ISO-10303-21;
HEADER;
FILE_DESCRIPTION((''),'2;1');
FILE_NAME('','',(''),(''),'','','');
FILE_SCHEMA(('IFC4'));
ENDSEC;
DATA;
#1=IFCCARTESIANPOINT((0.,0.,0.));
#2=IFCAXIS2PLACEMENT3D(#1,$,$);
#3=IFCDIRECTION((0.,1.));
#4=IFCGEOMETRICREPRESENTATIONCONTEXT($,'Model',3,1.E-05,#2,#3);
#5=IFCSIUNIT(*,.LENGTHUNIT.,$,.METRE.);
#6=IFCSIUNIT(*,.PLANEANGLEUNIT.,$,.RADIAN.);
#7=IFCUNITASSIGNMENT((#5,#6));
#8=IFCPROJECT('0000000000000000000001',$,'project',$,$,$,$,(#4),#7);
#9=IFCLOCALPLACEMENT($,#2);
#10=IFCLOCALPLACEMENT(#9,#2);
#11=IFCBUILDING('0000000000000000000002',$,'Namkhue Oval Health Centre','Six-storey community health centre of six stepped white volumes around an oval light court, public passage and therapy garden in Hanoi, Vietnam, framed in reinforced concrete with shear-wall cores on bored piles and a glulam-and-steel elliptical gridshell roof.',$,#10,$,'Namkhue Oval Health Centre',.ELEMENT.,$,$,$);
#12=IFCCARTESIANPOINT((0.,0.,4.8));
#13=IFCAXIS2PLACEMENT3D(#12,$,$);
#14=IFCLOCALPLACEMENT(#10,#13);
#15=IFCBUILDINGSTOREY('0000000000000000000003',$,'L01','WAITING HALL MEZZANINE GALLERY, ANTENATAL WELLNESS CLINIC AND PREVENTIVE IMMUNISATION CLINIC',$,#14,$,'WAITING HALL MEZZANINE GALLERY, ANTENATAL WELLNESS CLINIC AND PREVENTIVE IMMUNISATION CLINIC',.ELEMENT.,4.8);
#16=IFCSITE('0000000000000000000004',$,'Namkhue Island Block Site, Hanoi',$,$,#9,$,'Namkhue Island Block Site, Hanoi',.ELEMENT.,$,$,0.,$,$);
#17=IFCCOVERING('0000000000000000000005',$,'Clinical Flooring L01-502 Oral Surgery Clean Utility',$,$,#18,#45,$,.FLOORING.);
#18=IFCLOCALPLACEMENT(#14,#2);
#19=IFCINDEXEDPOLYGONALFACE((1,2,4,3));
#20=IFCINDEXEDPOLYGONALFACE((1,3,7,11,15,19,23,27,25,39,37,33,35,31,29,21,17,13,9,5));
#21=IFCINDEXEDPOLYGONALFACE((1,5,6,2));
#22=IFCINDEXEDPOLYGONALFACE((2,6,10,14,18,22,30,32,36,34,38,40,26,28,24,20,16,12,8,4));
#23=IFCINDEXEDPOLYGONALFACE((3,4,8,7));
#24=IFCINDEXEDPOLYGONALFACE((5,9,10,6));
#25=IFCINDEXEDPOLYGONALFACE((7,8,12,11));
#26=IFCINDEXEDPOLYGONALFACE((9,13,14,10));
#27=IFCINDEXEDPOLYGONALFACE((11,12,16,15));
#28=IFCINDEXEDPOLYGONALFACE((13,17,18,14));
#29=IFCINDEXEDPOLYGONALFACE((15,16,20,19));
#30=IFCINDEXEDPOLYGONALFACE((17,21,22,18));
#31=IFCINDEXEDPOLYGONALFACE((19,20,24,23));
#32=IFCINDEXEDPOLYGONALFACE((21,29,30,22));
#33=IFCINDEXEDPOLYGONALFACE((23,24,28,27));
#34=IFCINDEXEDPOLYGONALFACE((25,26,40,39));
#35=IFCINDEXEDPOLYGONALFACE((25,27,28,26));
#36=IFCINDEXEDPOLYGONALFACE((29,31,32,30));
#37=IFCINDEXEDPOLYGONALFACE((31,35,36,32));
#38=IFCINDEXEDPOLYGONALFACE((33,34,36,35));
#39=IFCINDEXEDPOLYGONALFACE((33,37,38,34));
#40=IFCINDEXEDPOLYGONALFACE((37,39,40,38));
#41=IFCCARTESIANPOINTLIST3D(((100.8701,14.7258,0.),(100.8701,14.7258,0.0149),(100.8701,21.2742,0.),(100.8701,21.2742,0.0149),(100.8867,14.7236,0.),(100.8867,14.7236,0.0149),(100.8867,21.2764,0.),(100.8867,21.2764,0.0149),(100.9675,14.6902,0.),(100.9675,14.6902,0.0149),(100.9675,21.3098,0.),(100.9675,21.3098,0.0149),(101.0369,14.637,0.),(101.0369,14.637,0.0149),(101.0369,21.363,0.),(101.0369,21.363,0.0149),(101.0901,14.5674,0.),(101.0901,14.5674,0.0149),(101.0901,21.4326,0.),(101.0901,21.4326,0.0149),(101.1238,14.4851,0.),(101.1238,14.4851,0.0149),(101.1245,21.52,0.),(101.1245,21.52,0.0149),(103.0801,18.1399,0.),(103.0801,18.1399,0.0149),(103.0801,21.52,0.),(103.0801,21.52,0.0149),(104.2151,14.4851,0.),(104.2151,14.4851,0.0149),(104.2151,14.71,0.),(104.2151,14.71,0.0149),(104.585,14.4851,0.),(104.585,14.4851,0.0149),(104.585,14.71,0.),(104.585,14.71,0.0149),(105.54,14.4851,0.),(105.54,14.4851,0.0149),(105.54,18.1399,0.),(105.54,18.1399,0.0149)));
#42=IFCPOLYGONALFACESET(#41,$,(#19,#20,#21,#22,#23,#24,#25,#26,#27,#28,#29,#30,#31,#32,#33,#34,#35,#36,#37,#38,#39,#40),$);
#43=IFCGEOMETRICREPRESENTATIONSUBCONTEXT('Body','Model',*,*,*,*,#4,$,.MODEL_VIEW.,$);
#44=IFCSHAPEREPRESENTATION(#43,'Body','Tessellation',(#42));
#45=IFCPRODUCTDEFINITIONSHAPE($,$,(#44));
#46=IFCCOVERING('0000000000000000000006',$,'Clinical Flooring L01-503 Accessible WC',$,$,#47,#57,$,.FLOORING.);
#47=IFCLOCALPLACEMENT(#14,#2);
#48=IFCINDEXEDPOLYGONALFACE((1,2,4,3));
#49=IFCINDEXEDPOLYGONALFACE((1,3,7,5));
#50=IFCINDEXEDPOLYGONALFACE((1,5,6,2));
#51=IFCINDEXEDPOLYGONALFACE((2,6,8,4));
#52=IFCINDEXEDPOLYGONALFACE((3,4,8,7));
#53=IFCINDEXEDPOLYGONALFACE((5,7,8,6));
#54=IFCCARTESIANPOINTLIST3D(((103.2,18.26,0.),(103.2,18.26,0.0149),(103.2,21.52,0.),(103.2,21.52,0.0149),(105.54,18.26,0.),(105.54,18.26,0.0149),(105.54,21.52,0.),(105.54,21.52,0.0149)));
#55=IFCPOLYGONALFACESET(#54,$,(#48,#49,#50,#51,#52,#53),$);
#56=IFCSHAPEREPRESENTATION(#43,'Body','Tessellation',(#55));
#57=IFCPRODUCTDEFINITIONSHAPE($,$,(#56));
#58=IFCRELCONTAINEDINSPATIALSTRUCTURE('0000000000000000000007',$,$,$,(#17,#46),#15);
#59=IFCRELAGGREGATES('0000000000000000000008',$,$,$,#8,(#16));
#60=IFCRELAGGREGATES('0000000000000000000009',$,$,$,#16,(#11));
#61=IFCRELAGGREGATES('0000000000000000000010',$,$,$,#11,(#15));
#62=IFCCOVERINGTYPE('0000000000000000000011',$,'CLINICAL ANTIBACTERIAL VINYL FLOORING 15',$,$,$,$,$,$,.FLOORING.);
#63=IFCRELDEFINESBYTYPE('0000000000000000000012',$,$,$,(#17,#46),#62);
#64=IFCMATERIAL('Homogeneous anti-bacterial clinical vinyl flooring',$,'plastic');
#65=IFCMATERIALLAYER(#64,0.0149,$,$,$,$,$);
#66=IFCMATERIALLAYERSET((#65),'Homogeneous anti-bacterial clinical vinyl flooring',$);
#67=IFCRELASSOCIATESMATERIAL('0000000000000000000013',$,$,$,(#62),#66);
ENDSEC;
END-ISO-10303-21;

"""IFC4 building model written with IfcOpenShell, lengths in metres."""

from ifc_helpers import new_model, si_unit, direction, frame, origin, place, context, subcontext, project, spatial, polyline, outline, extrude, material, layer, layer_set, type_object, element, save


model = new_model("IFC4")

# Units and contexts
model_context = context("Model", 3, precision=1e-05, world=origin(), true_north=direction((0.0, 1.0)))
body_context = subcontext(model_context, "Body", "Model", "MODEL_VIEW")
ifc_project = project(units=[si_unit("LENGTHUNIT", "METRE"), si_unit("PLANEANGLEUNIT", "RADIAN")], contexts=[model_context])

# Site, building, storey
site_placement = place(None, origin())
site = spatial("IfcSite", under=ifc_project, at=site_placement, Name="Namkhue Island Block Site, Hanoi", LongName="Namkhue Island Block Site, Hanoi", CompositionType="ELEMENT", RefElevation=0.0)
building_placement = place(site_placement, origin())
building = spatial("IfcBuilding", under=site, at=building_placement, Name="Namkhue Oval Health Centre", Description="Six-storey community health centre of six stepped white volumes around an oval light court, public passage and therapy garden in Hanoi, Vietnam, framed in reinforced concrete with shear-wall cores on bored piles and a glulam-and-steel elliptical gridshell roof.", LongName="Namkhue Oval Health Centre", CompositionType="ELEMENT")
storey_placement = place(building_placement, frame((0.0, 0.0, 4.8)))
storey = spatial("IfcBuildingStorey", under=building, at=storey_placement, Name="L01", Description="WAITING HALL MEZZANINE GALLERY, ANTENATAL WELLNESS CLINIC AND PREVENTIVE IMMUNISATION CLINIC", LongName="WAITING HALL MEZZANINE GALLERY, ANTENATAL WELLNESS CLINIC AND PREVENTIVE IMMUNISATION CLINIC", CompositionType="ELEMENT", Elevation=4.8)

# Coverings
ifc_material = material(Name="Homogeneous anti-bacterial clinical vinyl flooring", Category="plastic")
ifc_layer = layer(ifc_material, 0.0149)
ifc_layer_set = layer_set([ifc_layer], Name="Homogeneous anti-bacterial clinical vinyl flooring")
covering_type = type_object("IfcCoveringType", Name="CLINICAL ANTIBACTERIAL VINYL FLOORING 15", PredefinedType="FLOORING", material=ifc_layer_set)
covering_1_placement = place(storey_placement, origin())
element("IfcCovering", 1, at=covering_1_placement, inside=storey, type_object=covering_type, Name="Clinical Flooring L01-502 Oral Surgery Clean Utility", PredefinedType="FLOORING", context=body_context, shape_type="SweptSolid", body=[
    extrude(outline(polyline([(103.0801, 21.52), (103.0801, 18.1399), (105.54, 18.1399), (105.54, 14.4851), (104.585, 14.4851), (104.585, 14.71), (104.2151, 14.71), (104.2151, 14.4851), (101.1238, 14.4851), (101.0901, 14.5674), (101.0369, 14.637), (100.9675, 14.6902), (100.8867, 14.7236), (100.8701, 14.7258), (100.8701, 21.2742), (100.8867, 21.2764), (100.9675, 21.3098), (101.0369, 21.363), (101.0901, 21.4326), (101.1245, 21.52), (103.0801, 21.52)])), origin(), (0.0, 0.0, 1.0), 0.0149),
])
covering_2_placement = place(storey_placement, origin())
element("IfcCovering", 2, at=covering_2_placement, inside=storey, type_object=covering_type, Name="Clinical Flooring L01-503 Accessible WC", PredefinedType="FLOORING", context=body_context, shape_type="SweptSolid", body=[
    extrude(outline(polyline([(103.2, 18.26), (103.2, 21.52), (105.54, 21.52), (105.54, 18.26), (103.2, 18.26)])), origin(), (0.0, 0.0, 1.0), 0.0149),
])

save(model, "model.ifc")
